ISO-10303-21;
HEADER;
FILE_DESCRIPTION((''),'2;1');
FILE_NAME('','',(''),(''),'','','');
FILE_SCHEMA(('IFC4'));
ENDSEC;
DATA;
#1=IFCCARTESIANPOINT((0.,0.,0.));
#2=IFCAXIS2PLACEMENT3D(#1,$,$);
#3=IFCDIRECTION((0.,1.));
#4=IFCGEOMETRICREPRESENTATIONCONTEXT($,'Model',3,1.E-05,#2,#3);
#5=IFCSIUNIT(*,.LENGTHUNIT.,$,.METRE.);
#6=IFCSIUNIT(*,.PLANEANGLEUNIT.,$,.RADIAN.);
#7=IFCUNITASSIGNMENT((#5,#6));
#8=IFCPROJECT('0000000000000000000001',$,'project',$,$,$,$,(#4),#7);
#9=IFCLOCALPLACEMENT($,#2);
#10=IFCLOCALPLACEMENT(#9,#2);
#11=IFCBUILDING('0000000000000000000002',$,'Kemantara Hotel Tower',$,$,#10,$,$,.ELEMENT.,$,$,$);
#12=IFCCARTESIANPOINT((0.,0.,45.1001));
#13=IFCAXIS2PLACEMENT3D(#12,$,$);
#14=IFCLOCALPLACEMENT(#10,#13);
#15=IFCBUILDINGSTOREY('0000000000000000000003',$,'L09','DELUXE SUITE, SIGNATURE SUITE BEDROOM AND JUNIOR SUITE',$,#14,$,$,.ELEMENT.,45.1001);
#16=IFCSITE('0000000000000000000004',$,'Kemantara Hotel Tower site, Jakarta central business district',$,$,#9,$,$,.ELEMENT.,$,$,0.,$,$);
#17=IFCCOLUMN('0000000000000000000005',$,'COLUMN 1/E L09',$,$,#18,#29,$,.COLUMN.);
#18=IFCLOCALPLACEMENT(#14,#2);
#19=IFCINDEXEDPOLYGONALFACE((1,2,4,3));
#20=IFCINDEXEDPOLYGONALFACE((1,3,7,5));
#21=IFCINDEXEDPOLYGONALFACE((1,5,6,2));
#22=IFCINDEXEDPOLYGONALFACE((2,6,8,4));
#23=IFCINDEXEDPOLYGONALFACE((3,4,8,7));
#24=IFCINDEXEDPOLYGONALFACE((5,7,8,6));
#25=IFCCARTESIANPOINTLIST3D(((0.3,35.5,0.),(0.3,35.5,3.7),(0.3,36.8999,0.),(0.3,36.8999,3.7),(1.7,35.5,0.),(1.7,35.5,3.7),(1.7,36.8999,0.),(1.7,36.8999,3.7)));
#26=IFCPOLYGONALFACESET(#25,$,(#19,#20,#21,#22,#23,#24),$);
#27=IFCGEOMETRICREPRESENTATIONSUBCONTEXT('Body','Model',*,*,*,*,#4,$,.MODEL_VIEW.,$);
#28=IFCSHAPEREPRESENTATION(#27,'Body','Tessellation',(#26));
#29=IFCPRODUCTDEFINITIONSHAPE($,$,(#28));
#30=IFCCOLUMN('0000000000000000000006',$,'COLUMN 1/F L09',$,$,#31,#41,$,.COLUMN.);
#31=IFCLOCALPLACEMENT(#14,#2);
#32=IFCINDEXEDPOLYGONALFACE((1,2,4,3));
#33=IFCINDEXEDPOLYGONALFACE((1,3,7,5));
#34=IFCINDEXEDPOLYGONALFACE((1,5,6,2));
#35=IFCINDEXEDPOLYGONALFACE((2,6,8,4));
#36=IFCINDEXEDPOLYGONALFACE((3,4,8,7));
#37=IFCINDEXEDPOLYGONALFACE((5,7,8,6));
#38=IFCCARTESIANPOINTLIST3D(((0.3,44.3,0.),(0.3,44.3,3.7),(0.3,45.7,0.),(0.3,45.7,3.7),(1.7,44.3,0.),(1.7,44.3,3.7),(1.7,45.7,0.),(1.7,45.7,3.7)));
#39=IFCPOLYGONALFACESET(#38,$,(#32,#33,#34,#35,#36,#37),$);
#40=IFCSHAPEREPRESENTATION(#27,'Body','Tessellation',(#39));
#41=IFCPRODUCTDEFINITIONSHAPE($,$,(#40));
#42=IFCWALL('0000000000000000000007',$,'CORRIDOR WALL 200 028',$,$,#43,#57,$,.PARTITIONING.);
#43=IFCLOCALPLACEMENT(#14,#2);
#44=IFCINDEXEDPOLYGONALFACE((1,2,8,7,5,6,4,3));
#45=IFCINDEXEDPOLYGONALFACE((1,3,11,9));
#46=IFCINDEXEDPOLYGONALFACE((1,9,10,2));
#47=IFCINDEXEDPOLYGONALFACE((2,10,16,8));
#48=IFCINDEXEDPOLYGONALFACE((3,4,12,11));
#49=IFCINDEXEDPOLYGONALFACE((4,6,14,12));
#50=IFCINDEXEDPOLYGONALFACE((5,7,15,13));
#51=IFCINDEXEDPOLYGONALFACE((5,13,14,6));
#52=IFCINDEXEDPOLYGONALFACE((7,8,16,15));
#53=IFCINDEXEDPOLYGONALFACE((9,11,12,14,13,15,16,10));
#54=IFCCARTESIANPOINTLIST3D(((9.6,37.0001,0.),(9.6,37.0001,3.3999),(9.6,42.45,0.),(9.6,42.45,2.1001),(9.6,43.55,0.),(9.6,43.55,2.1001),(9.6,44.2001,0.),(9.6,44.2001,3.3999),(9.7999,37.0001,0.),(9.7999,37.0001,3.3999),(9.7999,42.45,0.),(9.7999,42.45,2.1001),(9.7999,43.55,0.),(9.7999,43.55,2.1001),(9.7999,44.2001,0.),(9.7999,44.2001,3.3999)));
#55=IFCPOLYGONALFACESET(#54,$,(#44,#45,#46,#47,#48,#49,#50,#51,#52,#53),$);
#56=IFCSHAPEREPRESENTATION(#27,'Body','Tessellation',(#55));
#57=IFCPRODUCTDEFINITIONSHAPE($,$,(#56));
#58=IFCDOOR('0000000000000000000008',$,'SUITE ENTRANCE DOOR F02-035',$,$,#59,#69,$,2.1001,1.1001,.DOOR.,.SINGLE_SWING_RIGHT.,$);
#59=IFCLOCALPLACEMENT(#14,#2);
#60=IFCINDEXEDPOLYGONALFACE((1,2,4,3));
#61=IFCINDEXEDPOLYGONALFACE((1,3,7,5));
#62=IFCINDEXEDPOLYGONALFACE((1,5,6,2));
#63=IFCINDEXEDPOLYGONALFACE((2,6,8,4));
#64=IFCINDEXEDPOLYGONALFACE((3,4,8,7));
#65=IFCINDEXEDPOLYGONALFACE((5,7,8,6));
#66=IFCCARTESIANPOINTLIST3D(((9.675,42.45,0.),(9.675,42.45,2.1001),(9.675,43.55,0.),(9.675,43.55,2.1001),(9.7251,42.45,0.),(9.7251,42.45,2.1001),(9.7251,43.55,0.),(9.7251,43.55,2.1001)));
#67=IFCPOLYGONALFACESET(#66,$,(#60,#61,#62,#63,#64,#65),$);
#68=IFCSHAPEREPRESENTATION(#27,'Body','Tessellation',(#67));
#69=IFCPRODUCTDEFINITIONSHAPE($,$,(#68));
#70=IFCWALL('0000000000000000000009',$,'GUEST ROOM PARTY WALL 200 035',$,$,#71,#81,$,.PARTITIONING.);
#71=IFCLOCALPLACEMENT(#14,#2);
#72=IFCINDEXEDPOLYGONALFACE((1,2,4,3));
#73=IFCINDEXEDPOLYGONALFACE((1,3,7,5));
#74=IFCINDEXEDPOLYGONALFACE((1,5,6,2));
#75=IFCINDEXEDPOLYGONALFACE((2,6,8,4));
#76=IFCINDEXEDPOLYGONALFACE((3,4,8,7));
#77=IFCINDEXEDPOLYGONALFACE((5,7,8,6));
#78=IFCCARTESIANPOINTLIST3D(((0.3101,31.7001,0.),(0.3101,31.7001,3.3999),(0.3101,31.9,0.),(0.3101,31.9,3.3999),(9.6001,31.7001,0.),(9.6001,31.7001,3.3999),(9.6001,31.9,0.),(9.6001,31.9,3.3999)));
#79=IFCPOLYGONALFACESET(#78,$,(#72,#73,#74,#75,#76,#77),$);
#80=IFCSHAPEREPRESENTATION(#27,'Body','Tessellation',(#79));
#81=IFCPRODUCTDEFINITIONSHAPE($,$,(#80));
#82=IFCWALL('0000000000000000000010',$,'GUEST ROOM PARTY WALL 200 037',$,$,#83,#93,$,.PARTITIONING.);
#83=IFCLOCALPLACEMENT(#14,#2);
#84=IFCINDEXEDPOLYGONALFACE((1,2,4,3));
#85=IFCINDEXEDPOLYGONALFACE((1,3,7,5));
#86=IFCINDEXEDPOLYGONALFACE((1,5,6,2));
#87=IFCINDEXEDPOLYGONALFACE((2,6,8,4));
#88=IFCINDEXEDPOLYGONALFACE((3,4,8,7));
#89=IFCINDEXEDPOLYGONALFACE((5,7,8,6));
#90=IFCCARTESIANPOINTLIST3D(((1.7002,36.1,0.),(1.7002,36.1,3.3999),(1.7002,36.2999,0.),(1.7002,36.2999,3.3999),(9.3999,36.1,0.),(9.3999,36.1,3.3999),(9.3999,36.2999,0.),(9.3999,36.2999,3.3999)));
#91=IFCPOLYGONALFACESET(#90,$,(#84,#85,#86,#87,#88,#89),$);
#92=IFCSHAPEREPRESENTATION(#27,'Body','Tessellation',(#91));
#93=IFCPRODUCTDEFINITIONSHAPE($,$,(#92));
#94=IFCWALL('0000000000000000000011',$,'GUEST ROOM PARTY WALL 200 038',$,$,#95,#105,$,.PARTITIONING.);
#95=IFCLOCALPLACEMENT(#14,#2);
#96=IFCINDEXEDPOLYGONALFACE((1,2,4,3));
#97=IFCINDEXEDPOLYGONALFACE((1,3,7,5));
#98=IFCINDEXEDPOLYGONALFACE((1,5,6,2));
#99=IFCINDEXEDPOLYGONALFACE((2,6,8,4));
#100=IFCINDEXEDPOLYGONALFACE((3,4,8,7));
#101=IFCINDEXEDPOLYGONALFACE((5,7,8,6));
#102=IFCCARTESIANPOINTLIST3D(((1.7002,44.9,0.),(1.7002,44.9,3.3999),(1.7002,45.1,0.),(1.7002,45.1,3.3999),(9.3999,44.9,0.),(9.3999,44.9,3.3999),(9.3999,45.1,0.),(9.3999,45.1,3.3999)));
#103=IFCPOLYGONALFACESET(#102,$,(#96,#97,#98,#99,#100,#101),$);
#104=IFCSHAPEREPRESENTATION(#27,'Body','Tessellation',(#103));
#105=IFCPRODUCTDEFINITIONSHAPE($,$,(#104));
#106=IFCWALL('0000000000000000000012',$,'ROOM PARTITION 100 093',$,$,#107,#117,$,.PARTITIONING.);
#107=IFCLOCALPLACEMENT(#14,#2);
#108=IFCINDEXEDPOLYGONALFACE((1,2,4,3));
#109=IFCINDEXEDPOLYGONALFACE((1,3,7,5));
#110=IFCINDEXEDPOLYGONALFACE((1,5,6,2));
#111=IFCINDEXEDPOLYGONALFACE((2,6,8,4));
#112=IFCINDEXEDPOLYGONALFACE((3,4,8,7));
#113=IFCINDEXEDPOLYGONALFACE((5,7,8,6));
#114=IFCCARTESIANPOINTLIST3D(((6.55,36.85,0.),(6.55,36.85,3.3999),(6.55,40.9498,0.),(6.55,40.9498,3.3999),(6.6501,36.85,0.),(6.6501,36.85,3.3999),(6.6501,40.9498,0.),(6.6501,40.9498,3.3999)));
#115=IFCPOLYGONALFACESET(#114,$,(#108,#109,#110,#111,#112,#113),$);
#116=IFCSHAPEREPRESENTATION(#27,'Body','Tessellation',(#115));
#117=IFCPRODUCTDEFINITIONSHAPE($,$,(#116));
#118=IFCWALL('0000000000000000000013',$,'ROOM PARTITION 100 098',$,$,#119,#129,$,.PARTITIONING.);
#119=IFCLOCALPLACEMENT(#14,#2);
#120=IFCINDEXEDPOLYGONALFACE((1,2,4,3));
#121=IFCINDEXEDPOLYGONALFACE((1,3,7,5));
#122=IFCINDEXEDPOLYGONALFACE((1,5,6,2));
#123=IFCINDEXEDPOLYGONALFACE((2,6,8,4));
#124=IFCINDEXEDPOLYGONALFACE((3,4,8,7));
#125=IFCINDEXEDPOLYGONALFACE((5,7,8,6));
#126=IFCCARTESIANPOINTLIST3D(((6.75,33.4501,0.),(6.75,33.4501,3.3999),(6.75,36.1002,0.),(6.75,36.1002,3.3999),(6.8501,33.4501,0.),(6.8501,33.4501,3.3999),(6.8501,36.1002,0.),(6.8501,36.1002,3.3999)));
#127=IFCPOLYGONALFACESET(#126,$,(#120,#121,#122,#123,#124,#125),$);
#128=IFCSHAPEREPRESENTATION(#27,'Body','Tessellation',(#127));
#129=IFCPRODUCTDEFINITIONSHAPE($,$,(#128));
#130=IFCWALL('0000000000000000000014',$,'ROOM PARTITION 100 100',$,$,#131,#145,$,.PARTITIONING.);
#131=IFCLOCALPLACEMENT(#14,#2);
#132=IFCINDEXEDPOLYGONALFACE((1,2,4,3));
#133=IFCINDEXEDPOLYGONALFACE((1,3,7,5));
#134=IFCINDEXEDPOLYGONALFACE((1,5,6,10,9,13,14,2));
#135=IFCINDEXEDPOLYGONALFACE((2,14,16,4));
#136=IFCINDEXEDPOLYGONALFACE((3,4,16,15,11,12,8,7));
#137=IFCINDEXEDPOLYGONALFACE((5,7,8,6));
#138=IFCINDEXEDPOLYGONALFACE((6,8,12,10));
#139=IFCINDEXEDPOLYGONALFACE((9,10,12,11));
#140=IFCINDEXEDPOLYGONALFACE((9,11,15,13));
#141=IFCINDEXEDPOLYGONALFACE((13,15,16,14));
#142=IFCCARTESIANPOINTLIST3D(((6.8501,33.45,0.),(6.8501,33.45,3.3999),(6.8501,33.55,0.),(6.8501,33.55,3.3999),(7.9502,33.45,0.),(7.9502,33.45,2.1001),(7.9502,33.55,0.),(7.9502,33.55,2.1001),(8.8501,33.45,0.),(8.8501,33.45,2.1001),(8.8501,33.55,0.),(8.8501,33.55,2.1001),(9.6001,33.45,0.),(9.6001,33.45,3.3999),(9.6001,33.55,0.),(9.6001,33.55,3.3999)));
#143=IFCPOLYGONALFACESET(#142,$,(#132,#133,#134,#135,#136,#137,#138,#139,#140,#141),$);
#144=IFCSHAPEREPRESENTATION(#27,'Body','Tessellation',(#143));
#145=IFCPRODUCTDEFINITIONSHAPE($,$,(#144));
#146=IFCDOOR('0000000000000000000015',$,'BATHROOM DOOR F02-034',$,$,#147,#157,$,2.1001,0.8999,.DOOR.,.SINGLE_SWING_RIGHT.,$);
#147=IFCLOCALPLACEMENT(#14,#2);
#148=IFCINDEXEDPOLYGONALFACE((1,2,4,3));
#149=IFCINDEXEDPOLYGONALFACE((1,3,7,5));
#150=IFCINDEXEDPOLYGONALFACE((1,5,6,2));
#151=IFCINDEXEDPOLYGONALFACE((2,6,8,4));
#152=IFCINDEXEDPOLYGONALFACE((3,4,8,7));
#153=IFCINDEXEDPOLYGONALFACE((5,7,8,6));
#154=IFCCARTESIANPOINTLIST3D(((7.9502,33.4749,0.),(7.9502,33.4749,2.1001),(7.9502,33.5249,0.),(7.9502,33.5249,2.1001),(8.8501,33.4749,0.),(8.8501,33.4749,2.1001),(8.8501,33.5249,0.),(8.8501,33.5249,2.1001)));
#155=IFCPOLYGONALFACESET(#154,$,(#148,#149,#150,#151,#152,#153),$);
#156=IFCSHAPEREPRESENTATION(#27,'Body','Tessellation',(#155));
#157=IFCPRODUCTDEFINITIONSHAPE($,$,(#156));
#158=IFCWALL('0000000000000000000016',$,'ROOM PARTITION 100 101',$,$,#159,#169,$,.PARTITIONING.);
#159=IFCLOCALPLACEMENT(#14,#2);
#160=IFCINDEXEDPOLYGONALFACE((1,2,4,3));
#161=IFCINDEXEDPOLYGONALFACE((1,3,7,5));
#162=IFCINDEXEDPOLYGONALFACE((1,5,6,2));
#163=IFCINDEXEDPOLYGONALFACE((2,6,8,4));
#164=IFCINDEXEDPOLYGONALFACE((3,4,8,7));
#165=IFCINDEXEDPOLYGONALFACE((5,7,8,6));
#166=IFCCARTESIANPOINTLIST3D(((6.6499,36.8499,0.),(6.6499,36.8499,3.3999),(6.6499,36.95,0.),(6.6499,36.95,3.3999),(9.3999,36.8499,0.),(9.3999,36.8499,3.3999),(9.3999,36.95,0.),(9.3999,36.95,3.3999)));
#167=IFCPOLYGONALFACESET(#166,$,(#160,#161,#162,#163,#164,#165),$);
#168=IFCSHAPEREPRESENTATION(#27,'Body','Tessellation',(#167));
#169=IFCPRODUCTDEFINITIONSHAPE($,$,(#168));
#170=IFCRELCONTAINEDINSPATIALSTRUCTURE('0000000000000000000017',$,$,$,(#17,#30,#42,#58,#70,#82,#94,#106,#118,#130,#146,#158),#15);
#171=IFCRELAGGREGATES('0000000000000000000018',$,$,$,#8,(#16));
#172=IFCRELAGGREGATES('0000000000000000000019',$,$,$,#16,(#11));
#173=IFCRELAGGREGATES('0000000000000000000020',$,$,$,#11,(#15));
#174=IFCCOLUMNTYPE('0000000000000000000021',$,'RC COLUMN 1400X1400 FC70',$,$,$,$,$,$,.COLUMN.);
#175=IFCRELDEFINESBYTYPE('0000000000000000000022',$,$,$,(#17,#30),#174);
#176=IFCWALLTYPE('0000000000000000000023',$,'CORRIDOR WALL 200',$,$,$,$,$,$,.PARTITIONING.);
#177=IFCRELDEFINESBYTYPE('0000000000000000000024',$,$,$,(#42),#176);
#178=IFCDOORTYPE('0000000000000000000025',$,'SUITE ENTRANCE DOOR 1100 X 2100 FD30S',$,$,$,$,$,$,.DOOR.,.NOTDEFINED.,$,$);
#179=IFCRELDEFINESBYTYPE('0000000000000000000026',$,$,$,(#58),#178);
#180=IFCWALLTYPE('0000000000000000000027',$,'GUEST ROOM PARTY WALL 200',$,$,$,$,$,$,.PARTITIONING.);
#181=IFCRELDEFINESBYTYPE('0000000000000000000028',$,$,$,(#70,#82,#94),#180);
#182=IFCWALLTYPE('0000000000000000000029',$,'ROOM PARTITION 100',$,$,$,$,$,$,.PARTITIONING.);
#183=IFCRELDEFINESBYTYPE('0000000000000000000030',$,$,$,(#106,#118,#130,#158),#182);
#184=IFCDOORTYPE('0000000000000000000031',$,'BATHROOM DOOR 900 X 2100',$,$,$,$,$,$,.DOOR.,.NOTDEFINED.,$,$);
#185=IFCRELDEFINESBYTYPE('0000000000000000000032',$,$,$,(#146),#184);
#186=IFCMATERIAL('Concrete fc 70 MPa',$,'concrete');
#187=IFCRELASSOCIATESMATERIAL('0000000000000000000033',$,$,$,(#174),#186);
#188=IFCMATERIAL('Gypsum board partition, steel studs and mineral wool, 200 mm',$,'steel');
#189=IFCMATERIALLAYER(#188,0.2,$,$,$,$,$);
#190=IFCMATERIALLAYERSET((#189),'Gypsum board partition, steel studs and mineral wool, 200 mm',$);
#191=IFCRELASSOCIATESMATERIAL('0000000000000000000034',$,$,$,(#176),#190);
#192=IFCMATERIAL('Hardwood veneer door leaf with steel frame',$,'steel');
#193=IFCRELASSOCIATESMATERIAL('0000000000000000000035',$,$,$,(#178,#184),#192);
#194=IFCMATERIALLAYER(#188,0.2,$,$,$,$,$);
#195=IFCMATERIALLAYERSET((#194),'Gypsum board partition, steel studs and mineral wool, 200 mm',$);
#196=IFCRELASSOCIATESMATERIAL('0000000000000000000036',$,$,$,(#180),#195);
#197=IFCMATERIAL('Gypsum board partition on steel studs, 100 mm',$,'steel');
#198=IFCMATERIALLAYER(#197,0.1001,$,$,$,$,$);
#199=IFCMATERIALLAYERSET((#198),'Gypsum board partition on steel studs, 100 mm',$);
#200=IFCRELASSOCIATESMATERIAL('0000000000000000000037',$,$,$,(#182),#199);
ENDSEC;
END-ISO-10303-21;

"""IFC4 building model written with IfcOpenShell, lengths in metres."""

from ifc_helpers import new_model, si_unit, direction, frame, frame_2d, origin, origin_2d, place, context, subcontext, project, spatial, rectangle, extrude, material, layer, layer_set, material_profile, profile_set, type_object, element, fill, save


model = new_model("IFC4")

# Units and contexts
model_context = context("Model", 3, precision=1e-05, world=origin(), true_north=direction((0.0, 1.0)))
body_context = subcontext(model_context, "Body", "Model", "MODEL_VIEW")
ifc_project = project(units=[si_unit("LENGTHUNIT", "METRE"), si_unit("PLANEANGLEUNIT", "RADIAN")], contexts=[model_context])

# Site, building, storey
site_placement = place(None, origin())
site = spatial("IfcSite", under=ifc_project, at=site_placement, Name="Kemantara Hotel Tower site, Jakarta central business district", CompositionType="ELEMENT", RefElevation=0.0)
building_placement = place(site_placement, origin())
building = spatial("IfcBuilding", under=site, at=building_placement, Name="Kemantara Hotel Tower", CompositionType="ELEMENT")
storey_placement = place(building_placement, frame((0.0, 0.0, 45.1001)))
storey = spatial("IfcBuildingStorey", under=building, at=storey_placement, Name="L09", Description="DELUXE SUITE, SIGNATURE SUITE BEDROOM AND JUNIOR SUITE", CompositionType="ELEMENT", Elevation=45.1001)

# Columns
ifc_material_1 = material(Name="Concrete fc 70 MPa", Category="concrete")
ifc_material_profile = material_profile(ifc_material_1, rectangle(XDim=1.3999, YDim=1.3999, at=origin_2d()), Name="RC 1400X1400")
ifc_profile_set = profile_set([ifc_material_profile], Name="Concrete fc 70 MPa")
column_type = type_object("IfcColumnType", Name="RC COLUMN 1400X1400 FC70", PredefinedType="COLUMN", material=ifc_profile_set)
for number, where, z_axis, x_axis, name in (
    (1, (1.0, 36.2, 0.0), (0.0, 0.0, 1.0), (1.0, 0.0, 0.0), "COLUMN 1/E L09"),
    (2, (1.0, 45.0, 0.0), (0.0, 0.0, 1.0), (1.0, 0.0, 0.0), "COLUMN 1/F L09"),
):
    element("IfcColumn", number, at=place(storey_placement, frame(where, z_axis=z_axis, x_axis=x_axis)), inside=storey, type_object=column_type, Name=name, PredefinedType="COLUMN", context=body_context, shape_type="SweptSolid", body=[
        extrude(rectangle(XDim=1.3999, YDim=1.3999, at=origin_2d()), origin(), (0.0, 0.0, 1.0), 3.7),
    ])

# Wall, opening, door
ifc_material_2 = material(Name="Gypsum board partition, steel studs and mineral wool, 200 mm", Category="steel")
ifc_layer_1 = layer(ifc_material_2, 0.2)
ifc_layer_set_1 = layer_set([ifc_layer_1], Name="Gypsum board partition, steel studs and mineral wool, 200 mm")
wall_type_1 = type_object("IfcWallType", Name="CORRIDOR WALL 200", PredefinedType="PARTITIONING", material=ifc_layer_set_1)
wall_1_placement = place(storey_placement, frame((9.7, 37.0, 0.0), z_axis=(0.0, 0.0, 1.0), x_axis=(0.0, 1.0, 0.0)))
wall_1 = element("IfcWall", 3, at=wall_1_placement, inside=storey, type_object=wall_type_1, Name="CORRIDOR WALL 200 028", PredefinedType="PARTITIONING", context=body_context, shape_type="SweptSolid", body=[
    extrude(rectangle(XDim=7.2, YDim=0.2, at=frame_2d((3.6001, 0.0))), origin(), (0.0, 0.0, 1.0), 3.3999),
])
opening_1_placement = place(wall_1_placement, frame((5.45, 0.0, 0.0)))
opening_1 = element("IfcOpeningElement", 4, at=opening_1_placement, cuts=wall_1, PredefinedType="OPENING", context=body_context, shape_type="SweptSolid", body=[
    extrude(rectangle(XDim=1.1001, YDim=2.1001, at=frame_2d((0.55, 1.05))), frame((0.0, 0.1099, 0.0), z_axis=(0.0, -1.0, 0.0), x_axis=(1.0, 0.0, 0.0)), (0.0, 0.0, 1.0), 0.22),
])
ifc_material_3 = material(Name="Hardwood veneer door leaf with steel frame", Category="steel")
door_type_1 = type_object("IfcDoorType", Name="SUITE ENTRANCE DOOR 1100 X 2100 FD30S", OperationType="NOTDEFINED", PredefinedType="DOOR", material=ifc_material_3)
door_1_placement = place(opening_1_placement, origin())
door_1 = element("IfcDoor", 5, at=door_1_placement, inside=storey, type_object=door_type_1, Name="SUITE ENTRANCE DOOR F02-035", OperationType="SINGLE_SWING_RIGHT", OverallHeight=2.1001, OverallWidth=1.1001, PredefinedType="DOOR", context=body_context, shape_type="SweptSolid", body=[
    extrude(rectangle(XDim=1.1001, YDim=2.1001, at=frame_2d((0.55, 1.05))), frame((0.0, 0.0249, 0.0), z_axis=(0.0, -1.0, 0.0), x_axis=(1.0, 0.0, 0.0)), (0.0, 0.0, 1.0), 0.05),
])
fill(opening_1, door_1)

# Walls
ifc_layer_2 = layer(ifc_material_2, 0.2)
ifc_layer_set_2 = layer_set([ifc_layer_2], Name="Gypsum board partition, steel studs and mineral wool, 200 mm")
wall_type_2 = type_object("IfcWallType", Name="GUEST ROOM PARTY WALL 200", PredefinedType="PARTITIONING", material=ifc_layer_set_2)
wall_2_placement = place(storey_placement, frame((0.3101, 31.8, 0.0), z_axis=(0.0, 0.0, 1.0), x_axis=(1.0, 0.0, 0.0)))
element("IfcWall", 6, at=wall_2_placement, inside=storey, type_object=wall_type_2, Name="GUEST ROOM PARTY WALL 200 035", PredefinedType="PARTITIONING", context=body_context, shape_type="SweptSolid", body=[
    extrude(rectangle(XDim=9.29, YDim=0.2, at=frame_2d((4.645, 0.0))), origin(), (0.0, 0.0, 1.0), 3.3999),
])
for number, where, z_axis, x_axis, name in (
    (7, (1.7002, 36.2, 0.0), (0.0, 0.0, 1.0), (1.0, 0.0, 0.0), "GUEST ROOM PARTY WALL 200 037"),
    (8, (1.7002, 45.0, 0.0), (0.0, 0.0, 1.0), (1.0, 0.0, 0.0), "GUEST ROOM PARTY WALL 200 038"),
):
    element("IfcWall", number, at=place(storey_placement, frame(where, z_axis=z_axis, x_axis=x_axis)), inside=storey, type_object=wall_type_2, Name=name, PredefinedType="PARTITIONING", context=body_context, shape_type="SweptSolid", body=[
        extrude(rectangle(XDim=7.6997, YDim=0.2, at=frame_2d((3.8499, 0.0))), origin(), (0.0, 0.0, 1.0), 3.3999),
    ])
ifc_material_4 = material(Name="Gypsum board partition on steel studs, 100 mm", Category="steel")
ifc_layer_3 = layer(ifc_material_4, 0.1001)
ifc_layer_set_3 = layer_set([ifc_layer_3], Name="Gypsum board partition on steel studs, 100 mm")
wall_type_3 = type_object("IfcWallType", Name="ROOM PARTITION 100", PredefinedType="PARTITIONING", material=ifc_layer_set_3)
wall_3_placement = place(storey_placement, frame((6.6001, 36.8501, 0.0), z_axis=(0.0, 0.0, 1.0), x_axis=(0.0, 1.0, 0.0)))
element("IfcWall", 9, at=wall_3_placement, inside=storey, type_object=wall_type_3, Name="ROOM PARTITION 100 093", PredefinedType="PARTITIONING", context=body_context, shape_type="SweptSolid", body=[
    extrude(rectangle(XDim=4.0999, YDim=0.1001, at=frame_2d((2.0498, 0.0))), origin(), (0.0, 0.0, 1.0), 3.3999),
])
wall_4_placement = place(storey_placement, frame((6.8, 33.45, 0.0), z_axis=(0.0, 0.0, 1.0), x_axis=(0.0, 1.0, 0.0)))
element("IfcWall", 10, at=wall_4_placement, inside=storey, type_object=wall_type_3, Name="ROOM PARTITION 100 098", PredefinedType="PARTITIONING", context=body_context, shape_type="SweptSolid", body=[
    extrude(rectangle(XDim=2.6501, YDim=0.1001, at=frame_2d((1.3252, 0.0))), origin(), (0.0, 0.0, 1.0), 3.3999),
])

# Wall, opening, door
wall_5_placement = place(storey_placement, frame((6.8501, 33.5, 0.0), z_axis=(0.0, 0.0, 1.0), x_axis=(1.0, 0.0, 0.0)))
wall_5 = element("IfcWall", 11, at=wall_5_placement, inside=storey, type_object=wall_type_3, Name="ROOM PARTITION 100 100", PredefinedType="PARTITIONING", context=body_context, shape_type="SweptSolid", body=[
    extrude(rectangle(XDim=2.75, YDim=0.1001, at=frame_2d((1.375, 0.0))), origin(), (0.0, 0.0, 1.0), 3.3999),
])
opening_2_placement = place(wall_5_placement, frame((1.1001, 0.0, 0.0)))
opening_2 = element("IfcOpeningElement", 12, at=opening_2_placement, cuts=wall_5, PredefinedType="OPENING", context=body_context, shape_type="SweptSolid", body=[
    extrude(rectangle(XDim=0.8999, YDim=2.1001, at=frame_2d((0.45, 1.05))), frame((0.0, 0.0601, 0.0), z_axis=(0.0, -1.0, 0.0), x_axis=(1.0, 0.0, 0.0)), (0.0, 0.0, 1.0), 0.1201),
])
door_type_2 = type_object("IfcDoorType", Name="BATHROOM DOOR 900 X 2100", OperationType="NOTDEFINED", PredefinedType="DOOR", material=ifc_material_3)
door_2_placement = place(opening_2_placement, origin())
door_2 = element("IfcDoor", 13, at=door_2_placement, inside=storey, type_object=door_type_2, Name="BATHROOM DOOR F02-034", OperationType="SINGLE_SWING_RIGHT", OverallHeight=2.1001, OverallWidth=0.8999, PredefinedType="DOOR", context=body_context, shape_type="SweptSolid", body=[
    extrude(rectangle(XDim=0.8999, YDim=2.1001, at=frame_2d((0.45, 1.05))), frame((0.0, 0.0249, 0.0), z_axis=(0.0, -1.0, 0.0), x_axis=(1.0, 0.0, 0.0)), (0.0, 0.0, 1.0), 0.05),
])
fill(opening_2, door_2)

# Wall
wall_6_placement = place(storey_placement, frame((6.6499, 36.8999, 0.0), z_axis=(0.0, 0.0, 1.0), x_axis=(1.0, 0.0, 0.0)))
element("IfcWall", 14, at=wall_6_placement, inside=storey, type_object=wall_type_3, Name="ROOM PARTITION 100 101", PredefinedType="PARTITIONING", context=body_context, shape_type="SweptSolid", body=[
    extrude(rectangle(XDim=2.75, YDim=0.1001, at=frame_2d((1.375, 0.0))), origin(), (0.0, 0.0, 1.0), 3.3999),
])

save(model, "model.ifc")
